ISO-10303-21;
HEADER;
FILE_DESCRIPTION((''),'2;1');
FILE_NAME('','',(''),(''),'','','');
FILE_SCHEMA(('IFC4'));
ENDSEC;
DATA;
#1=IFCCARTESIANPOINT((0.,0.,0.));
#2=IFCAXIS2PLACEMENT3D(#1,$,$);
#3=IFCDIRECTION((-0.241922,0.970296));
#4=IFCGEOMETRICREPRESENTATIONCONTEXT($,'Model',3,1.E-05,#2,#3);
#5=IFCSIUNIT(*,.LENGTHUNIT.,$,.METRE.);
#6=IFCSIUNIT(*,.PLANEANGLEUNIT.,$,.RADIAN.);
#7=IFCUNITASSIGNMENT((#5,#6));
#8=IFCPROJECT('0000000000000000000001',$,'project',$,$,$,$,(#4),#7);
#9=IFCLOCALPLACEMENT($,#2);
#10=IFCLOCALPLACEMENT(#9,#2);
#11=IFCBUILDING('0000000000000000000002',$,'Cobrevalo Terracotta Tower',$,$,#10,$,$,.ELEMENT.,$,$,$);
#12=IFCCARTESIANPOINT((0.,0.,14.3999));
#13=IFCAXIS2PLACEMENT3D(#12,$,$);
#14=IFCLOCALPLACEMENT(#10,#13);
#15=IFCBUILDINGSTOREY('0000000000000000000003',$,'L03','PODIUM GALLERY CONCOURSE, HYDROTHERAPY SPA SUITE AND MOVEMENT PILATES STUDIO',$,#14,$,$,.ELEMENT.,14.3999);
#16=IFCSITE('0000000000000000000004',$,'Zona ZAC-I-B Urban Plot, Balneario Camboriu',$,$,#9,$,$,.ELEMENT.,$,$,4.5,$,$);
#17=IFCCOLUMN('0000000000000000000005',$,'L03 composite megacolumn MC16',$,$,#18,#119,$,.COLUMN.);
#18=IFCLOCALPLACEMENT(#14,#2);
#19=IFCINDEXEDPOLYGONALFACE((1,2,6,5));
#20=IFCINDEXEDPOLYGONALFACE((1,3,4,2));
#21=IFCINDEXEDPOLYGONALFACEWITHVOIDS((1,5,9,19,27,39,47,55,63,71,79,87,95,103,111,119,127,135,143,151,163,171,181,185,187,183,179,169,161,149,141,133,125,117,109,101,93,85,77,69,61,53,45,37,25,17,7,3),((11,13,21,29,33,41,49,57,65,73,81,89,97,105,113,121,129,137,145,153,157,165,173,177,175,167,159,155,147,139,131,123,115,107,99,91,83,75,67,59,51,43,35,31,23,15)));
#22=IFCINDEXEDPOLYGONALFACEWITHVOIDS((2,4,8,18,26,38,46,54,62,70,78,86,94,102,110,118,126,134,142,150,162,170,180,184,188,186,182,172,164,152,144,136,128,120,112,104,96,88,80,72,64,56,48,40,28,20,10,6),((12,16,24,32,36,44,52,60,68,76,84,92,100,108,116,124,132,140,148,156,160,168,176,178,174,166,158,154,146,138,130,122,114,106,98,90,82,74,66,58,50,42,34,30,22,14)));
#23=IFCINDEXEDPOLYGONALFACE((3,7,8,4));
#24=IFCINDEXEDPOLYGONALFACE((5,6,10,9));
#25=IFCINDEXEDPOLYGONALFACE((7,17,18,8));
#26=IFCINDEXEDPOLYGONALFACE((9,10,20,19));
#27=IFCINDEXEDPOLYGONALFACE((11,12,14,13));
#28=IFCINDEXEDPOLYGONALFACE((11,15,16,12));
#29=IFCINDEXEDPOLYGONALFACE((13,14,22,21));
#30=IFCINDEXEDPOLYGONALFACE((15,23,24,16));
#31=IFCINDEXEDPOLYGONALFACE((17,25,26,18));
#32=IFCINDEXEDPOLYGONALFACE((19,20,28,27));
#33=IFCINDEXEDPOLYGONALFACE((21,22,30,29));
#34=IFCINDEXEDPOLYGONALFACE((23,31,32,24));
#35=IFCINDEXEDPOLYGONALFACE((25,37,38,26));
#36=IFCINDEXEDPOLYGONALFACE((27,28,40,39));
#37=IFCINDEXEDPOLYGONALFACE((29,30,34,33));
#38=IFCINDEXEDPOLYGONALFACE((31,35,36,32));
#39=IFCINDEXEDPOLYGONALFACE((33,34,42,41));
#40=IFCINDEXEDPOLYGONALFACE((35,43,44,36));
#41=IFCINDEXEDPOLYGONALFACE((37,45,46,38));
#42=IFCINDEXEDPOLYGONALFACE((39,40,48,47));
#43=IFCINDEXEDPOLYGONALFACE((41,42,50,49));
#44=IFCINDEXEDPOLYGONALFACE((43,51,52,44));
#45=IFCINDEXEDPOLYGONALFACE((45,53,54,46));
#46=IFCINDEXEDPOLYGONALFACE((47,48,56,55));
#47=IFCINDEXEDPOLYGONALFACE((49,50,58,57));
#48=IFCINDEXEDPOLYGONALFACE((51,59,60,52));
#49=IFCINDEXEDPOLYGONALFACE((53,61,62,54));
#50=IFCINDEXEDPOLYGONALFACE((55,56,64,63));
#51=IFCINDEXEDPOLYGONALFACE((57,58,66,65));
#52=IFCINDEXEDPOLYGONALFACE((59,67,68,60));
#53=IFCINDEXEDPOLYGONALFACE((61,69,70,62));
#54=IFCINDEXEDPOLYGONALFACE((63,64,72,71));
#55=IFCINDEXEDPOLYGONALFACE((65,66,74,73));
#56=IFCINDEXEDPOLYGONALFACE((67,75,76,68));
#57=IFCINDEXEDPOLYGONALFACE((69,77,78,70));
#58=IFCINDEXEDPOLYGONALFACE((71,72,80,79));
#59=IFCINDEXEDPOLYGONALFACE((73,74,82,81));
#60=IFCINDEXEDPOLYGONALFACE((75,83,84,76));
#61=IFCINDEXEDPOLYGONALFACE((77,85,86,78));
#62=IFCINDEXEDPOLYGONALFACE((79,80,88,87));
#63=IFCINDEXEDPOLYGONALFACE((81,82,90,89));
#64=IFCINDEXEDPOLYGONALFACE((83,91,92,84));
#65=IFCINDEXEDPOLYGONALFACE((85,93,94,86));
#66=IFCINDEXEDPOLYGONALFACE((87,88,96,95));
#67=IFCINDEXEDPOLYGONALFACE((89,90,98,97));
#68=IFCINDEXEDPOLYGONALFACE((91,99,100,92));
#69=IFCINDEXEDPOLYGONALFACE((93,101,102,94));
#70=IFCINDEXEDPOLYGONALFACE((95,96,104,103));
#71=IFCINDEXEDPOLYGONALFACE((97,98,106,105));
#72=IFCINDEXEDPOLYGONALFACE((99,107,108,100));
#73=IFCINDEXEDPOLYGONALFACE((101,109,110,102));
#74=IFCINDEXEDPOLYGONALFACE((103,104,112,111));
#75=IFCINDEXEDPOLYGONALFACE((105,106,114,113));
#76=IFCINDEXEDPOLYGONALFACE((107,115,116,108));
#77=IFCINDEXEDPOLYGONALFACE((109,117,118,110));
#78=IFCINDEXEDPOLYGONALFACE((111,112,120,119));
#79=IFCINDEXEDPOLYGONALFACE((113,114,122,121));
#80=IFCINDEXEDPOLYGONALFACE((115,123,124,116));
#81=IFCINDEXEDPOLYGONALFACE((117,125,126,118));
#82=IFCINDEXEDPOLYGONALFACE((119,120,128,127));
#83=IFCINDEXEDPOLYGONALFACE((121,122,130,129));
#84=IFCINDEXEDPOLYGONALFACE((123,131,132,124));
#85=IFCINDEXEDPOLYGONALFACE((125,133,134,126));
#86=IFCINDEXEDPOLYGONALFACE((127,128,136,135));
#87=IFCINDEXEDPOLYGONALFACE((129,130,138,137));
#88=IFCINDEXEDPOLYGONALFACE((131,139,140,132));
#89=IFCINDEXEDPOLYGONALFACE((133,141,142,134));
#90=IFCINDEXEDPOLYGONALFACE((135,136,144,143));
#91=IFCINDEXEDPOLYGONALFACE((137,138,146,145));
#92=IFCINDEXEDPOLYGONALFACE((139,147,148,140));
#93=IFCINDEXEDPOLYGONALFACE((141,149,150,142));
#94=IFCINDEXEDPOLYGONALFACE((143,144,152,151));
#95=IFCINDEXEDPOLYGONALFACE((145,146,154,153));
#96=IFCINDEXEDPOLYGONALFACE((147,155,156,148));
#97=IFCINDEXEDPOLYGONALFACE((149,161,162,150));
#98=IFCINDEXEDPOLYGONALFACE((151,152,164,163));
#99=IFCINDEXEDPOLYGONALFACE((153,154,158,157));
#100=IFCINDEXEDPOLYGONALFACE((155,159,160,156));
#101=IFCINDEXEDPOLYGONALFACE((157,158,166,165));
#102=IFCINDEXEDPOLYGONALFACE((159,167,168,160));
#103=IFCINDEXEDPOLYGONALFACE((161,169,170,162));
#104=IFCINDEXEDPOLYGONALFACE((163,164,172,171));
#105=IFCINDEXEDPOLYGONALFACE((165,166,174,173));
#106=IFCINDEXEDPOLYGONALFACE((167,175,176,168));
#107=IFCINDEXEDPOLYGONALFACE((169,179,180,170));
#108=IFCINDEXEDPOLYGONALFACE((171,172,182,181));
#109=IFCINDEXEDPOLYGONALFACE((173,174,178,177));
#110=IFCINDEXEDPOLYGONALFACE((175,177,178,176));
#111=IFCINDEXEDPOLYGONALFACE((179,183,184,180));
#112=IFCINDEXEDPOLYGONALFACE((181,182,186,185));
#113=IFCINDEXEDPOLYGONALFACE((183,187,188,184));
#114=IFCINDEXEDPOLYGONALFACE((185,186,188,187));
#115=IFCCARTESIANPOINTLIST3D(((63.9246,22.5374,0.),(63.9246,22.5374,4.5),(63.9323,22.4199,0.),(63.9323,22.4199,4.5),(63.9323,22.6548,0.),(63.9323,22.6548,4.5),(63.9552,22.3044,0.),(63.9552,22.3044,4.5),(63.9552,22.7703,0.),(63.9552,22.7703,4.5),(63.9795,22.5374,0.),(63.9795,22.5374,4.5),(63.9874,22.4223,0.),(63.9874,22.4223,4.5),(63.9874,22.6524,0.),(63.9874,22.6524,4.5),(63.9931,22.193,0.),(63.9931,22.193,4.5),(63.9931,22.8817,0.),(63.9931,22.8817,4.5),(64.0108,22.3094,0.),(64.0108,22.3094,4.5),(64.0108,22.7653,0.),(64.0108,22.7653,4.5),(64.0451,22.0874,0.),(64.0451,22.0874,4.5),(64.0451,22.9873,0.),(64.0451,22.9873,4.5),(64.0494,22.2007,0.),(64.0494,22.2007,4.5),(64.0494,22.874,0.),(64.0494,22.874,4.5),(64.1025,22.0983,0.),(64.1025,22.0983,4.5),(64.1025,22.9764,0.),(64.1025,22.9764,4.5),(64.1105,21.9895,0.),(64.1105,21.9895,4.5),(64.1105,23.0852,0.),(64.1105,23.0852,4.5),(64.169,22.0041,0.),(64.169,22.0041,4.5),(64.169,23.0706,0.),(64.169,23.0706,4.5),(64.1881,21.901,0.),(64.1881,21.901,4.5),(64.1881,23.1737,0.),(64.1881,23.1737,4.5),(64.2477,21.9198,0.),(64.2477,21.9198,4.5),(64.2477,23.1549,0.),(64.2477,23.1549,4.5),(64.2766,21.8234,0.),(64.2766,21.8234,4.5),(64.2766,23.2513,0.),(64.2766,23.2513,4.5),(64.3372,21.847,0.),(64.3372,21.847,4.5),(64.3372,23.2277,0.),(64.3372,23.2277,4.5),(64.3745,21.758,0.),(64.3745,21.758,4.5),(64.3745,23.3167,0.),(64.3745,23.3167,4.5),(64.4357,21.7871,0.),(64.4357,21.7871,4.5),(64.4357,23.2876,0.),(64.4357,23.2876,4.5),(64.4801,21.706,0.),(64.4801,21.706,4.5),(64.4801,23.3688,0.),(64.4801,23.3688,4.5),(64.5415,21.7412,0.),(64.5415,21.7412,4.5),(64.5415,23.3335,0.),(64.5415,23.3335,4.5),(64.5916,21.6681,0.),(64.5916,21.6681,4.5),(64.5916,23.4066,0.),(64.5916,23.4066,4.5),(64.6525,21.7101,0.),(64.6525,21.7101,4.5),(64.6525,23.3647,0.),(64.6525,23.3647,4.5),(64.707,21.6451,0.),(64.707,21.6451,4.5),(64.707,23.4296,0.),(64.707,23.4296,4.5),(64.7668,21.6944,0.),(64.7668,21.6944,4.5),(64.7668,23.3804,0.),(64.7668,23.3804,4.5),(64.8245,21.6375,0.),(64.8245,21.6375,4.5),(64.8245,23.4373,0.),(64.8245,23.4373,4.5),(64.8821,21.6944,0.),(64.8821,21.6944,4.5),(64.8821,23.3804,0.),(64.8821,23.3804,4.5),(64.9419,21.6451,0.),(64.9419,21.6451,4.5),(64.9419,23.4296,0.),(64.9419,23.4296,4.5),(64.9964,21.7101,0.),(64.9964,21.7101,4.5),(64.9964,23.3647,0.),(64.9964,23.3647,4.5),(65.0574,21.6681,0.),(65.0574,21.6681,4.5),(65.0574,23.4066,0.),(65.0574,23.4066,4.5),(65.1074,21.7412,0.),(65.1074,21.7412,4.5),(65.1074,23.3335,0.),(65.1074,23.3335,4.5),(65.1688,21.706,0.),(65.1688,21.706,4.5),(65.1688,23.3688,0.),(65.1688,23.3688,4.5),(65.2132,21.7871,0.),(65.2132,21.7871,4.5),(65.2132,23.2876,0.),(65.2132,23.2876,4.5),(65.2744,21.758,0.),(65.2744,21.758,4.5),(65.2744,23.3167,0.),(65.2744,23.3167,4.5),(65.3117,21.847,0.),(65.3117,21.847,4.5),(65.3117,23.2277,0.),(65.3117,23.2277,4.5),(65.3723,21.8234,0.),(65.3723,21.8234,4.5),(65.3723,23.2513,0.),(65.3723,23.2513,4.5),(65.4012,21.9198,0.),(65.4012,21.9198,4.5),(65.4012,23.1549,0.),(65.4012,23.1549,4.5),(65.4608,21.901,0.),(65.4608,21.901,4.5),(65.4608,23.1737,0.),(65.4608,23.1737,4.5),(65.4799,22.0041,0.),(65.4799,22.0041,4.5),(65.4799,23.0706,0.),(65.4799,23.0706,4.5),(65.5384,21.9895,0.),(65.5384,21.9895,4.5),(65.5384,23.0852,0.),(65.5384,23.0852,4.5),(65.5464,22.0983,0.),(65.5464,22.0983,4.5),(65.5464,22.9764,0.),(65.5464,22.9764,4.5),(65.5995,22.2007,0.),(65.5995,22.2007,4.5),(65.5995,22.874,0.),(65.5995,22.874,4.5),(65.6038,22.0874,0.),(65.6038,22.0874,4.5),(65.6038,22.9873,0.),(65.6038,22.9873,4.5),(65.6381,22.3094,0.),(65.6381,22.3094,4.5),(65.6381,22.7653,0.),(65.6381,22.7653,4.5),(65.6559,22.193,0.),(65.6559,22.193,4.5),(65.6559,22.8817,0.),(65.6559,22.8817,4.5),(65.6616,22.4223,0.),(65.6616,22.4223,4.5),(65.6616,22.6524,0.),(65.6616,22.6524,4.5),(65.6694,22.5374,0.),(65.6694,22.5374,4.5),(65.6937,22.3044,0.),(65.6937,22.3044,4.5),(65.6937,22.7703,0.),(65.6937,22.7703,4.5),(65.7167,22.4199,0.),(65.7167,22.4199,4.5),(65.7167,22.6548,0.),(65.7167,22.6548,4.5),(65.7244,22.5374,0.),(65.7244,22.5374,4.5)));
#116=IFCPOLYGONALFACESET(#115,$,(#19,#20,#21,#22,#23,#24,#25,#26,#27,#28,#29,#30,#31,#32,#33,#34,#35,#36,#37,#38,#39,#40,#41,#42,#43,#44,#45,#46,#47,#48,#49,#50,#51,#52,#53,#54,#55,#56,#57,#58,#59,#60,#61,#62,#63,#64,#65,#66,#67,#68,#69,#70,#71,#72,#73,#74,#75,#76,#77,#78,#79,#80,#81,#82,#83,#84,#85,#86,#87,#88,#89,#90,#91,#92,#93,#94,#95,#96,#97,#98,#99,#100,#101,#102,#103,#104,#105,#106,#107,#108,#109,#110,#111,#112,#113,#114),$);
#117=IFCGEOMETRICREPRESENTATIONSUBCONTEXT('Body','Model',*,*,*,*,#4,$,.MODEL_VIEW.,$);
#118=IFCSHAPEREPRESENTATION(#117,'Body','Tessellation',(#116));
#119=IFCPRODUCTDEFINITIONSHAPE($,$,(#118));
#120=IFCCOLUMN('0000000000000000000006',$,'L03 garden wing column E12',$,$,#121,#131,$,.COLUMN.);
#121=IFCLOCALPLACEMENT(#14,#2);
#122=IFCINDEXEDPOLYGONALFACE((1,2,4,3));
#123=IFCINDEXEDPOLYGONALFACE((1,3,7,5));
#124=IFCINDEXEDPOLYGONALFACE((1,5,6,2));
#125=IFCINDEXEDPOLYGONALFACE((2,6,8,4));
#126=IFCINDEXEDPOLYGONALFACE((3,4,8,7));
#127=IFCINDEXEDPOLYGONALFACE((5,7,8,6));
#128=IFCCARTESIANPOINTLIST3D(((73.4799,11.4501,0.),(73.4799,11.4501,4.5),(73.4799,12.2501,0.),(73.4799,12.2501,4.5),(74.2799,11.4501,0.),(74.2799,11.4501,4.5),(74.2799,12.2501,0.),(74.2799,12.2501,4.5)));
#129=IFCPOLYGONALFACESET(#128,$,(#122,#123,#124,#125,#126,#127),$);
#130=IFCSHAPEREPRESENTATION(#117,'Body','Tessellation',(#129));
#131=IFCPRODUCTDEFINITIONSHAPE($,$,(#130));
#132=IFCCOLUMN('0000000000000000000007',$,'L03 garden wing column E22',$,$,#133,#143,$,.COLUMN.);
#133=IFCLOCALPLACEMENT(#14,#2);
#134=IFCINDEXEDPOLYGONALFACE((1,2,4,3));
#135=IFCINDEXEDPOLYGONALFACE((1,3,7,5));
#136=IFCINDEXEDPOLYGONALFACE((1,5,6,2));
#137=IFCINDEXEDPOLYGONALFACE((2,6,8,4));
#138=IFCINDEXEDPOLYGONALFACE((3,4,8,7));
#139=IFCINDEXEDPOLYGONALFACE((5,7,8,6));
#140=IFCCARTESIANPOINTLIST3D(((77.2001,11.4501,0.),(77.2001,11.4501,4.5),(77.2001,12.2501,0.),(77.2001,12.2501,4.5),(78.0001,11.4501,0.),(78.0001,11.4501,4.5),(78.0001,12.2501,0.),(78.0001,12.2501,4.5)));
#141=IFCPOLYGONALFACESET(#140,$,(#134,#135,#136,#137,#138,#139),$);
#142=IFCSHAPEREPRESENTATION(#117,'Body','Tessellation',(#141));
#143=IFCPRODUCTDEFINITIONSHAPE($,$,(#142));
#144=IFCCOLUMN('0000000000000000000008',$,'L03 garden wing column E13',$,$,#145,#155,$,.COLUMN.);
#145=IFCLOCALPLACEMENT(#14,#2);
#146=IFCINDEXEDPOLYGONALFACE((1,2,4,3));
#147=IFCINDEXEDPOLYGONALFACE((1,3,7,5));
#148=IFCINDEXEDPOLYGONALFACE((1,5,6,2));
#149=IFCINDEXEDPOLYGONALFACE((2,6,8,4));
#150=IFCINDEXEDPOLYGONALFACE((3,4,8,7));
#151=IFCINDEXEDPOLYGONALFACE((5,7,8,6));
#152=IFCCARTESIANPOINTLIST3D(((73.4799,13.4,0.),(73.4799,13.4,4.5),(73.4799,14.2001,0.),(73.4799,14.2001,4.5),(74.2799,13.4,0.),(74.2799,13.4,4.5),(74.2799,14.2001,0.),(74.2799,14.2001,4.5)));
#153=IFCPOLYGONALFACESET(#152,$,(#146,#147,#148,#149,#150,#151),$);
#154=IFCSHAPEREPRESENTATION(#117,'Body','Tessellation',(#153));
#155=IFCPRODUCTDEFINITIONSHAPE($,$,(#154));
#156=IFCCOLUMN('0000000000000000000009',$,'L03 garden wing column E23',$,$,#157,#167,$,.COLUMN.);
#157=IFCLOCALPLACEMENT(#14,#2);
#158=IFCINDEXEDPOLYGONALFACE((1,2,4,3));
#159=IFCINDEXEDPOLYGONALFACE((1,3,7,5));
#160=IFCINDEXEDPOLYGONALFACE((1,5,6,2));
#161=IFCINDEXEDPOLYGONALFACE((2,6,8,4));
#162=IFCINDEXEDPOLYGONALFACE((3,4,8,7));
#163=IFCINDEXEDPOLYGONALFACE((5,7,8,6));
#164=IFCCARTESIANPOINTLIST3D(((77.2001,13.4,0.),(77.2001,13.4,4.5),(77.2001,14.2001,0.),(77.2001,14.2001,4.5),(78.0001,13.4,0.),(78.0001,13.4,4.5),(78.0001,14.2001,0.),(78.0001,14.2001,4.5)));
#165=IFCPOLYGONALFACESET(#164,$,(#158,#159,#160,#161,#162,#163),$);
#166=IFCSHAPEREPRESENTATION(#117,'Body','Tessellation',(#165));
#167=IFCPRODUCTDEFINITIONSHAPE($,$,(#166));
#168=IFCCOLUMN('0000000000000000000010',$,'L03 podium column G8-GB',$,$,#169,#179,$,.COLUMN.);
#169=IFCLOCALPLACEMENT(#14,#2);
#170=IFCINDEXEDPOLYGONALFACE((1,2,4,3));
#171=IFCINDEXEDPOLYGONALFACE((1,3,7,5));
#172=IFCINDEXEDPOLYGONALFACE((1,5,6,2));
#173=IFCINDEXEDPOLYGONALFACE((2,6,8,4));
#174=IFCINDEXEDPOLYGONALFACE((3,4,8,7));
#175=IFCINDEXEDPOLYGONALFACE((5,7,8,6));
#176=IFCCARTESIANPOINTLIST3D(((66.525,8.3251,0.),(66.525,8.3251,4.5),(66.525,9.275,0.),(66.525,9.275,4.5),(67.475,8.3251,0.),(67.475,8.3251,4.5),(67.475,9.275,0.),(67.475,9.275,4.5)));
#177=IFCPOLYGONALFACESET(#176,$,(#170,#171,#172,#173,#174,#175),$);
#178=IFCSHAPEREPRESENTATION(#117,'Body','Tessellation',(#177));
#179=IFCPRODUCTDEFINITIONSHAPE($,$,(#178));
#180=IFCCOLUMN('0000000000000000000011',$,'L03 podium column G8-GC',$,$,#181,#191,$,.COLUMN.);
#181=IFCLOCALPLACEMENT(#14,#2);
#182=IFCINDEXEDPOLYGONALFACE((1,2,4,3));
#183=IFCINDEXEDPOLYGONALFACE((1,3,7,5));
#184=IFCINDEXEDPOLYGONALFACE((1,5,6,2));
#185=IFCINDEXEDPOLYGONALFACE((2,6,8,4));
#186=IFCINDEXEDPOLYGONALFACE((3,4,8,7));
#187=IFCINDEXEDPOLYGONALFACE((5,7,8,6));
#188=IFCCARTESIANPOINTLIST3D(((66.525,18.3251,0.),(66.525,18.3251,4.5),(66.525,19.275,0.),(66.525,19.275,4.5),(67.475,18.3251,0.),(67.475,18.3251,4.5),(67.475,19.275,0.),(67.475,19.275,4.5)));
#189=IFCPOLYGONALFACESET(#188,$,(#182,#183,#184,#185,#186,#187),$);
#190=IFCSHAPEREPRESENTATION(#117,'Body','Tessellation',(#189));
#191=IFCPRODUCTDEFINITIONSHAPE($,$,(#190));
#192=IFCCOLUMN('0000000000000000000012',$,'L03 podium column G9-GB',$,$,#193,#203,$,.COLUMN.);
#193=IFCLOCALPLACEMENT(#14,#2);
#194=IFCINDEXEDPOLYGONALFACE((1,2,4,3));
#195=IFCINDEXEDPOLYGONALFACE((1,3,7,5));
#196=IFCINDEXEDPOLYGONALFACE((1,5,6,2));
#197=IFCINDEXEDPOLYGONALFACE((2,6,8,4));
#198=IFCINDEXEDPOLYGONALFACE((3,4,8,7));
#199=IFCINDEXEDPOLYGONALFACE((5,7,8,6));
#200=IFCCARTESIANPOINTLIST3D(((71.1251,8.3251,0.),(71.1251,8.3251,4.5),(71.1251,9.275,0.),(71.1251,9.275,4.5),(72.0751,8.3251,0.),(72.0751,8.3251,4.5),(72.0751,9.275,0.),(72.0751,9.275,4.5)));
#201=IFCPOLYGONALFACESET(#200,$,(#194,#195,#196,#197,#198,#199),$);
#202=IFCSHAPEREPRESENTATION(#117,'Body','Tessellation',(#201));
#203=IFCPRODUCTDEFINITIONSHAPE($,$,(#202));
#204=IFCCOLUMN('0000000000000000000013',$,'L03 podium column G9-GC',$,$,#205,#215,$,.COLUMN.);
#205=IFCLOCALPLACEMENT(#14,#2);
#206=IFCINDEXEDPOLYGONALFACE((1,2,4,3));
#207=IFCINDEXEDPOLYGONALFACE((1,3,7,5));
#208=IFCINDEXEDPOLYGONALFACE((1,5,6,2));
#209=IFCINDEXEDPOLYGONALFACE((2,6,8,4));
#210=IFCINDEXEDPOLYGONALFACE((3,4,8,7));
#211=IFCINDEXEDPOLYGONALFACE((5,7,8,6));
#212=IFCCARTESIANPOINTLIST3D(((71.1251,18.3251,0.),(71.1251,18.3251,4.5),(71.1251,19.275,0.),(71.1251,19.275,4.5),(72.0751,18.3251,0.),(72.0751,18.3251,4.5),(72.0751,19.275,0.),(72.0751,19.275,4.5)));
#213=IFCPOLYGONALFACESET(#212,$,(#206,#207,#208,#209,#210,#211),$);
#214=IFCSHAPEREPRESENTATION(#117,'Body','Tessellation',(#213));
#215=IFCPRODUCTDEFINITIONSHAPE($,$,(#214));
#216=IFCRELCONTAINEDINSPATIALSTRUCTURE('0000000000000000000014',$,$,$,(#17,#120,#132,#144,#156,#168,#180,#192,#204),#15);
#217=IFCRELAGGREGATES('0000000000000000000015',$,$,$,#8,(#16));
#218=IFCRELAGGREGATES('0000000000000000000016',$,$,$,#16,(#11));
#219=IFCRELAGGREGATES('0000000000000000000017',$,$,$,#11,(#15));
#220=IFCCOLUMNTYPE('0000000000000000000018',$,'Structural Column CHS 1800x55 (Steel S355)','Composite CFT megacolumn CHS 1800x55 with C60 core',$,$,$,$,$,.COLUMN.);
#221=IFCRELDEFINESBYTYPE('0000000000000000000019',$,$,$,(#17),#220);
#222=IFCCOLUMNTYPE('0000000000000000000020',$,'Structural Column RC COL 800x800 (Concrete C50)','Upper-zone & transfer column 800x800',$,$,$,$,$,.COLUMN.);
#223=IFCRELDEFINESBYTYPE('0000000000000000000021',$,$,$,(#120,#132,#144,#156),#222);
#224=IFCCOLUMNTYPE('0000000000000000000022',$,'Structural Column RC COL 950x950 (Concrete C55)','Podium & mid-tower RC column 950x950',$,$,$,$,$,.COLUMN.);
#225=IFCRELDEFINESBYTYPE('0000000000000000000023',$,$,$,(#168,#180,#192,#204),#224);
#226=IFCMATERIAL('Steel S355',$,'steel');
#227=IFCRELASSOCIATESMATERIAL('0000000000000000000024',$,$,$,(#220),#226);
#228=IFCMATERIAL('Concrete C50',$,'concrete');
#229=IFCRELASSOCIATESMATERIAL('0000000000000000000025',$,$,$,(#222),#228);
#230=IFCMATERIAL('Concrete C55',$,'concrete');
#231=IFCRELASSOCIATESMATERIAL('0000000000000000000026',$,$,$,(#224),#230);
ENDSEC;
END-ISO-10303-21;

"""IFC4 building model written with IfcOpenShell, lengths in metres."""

from ifc_helpers import new_model, si_unit, direction, frame, origin, origin_2d, place, context, subcontext, project, spatial, rectangle, hollow_circle, extrude, material, material_profile, profile_set, type_object, element, save


model = new_model("IFC4")

# Units and contexts
model_context = context("Model", 3, precision=1e-05, world=origin(), true_north=direction((-0.241922, 0.970296)))
body_context = subcontext(model_context, "Body", "Model", "MODEL_VIEW")
ifc_project = project(units=[si_unit("LENGTHUNIT", "METRE"), si_unit("PLANEANGLEUNIT", "RADIAN")], contexts=[model_context])

# Site, building, storey
site_placement = place(None, origin())
site = spatial("IfcSite", under=ifc_project, at=site_placement, Name="Zona ZAC-I-B Urban Plot, Balneario Camboriu", CompositionType="ELEMENT", RefElevation=4.5)
building_placement = place(site_placement, origin())
building = spatial("IfcBuilding", under=site, at=building_placement, Name="Cobrevalo Terracotta Tower", CompositionType="ELEMENT")
storey_placement = place(building_placement, frame((0.0, 0.0, 14.3999)))
storey = spatial("IfcBuildingStorey", under=building, at=storey_placement, Name="L03", Description="PODIUM GALLERY CONCOURSE, HYDROTHERAPY SPA SUITE AND MOVEMENT PILATES STUDIO", CompositionType="ELEMENT", Elevation=14.3999)

# Columns
ifc_material_1 = material(Name="Steel S355", Category="steel")
ifc_material_profile_1 = material_profile(ifc_material_1, hollow_circle(Radius=0.8999, WallThickness=0.0549, at=origin_2d()), Name="CHS 1800x55")
ifc_profile_set_1 = profile_set([ifc_material_profile_1], Name="Steel S355")
column_type_1 = type_object("IfcColumnType", Name="Structural Column CHS 1800x55 (Steel S355)", Description="Composite CFT megacolumn CHS 1800x55 with C60 core", PredefinedType="COLUMN", material=ifc_profile_set_1)
for number, where, z_axis, x_axis, name in (
    (1, (64.8245, 22.5374, 0.0), (0.0, 0.0, 1.0), (1.0, 0.0, 0.0), "L03 composite megacolumn MC16"),
):
    element("IfcColumn", number, at=place(storey_placement, frame(where, z_axis=z_axis, x_axis=x_axis)), inside=storey, type_object=column_type_1, Name=name, PredefinedType="COLUMN", context=body_context, shape_type="SweptSolid", body=[
        extrude(hollow_circle(Radius=0.8999, WallThickness=0.0549, at=origin_2d()), origin(), (0.0, 0.0, 1.0), 4.5),
    ])
ifc_material_2 = material(Name="Concrete C50", Category="concrete")
ifc_material_profile_2 = material_profile(ifc_material_2, rectangle(XDim=0.8, YDim=0.8, at=origin_2d()), Name="RC COL 800x800")
ifc_profile_set_2 = profile_set([ifc_material_profile_2], Name="Concrete C50")
column_type_2 = type_object("IfcColumnType", Name="Structural Column RC COL 800x800 (Concrete C50)", Description="Upper-zone & transfer column 800x800", PredefinedType="COLUMN", material=ifc_profile_set_2)
for number, where, z_axis, x_axis, name in (
    (2, (73.8799, 11.8501, 0.0), (0.0, 0.0, 1.0), (1.0, 0.0, 0.0), "L03 garden wing column E12"),
    (3, (77.6001, 11.8501, 0.0), (0.0, 0.0, 1.0), (1.0, 0.0, 0.0), "L03 garden wing column E22"),
    (4, (73.8799, 13.8, 0.0), (0.0, 0.0, 1.0), (1.0, 0.0, 0.0), "L03 garden wing column E13"),
    (5, (77.6001, 13.8, 0.0), (0.0, 0.0, 1.0), (1.0, 0.0, 0.0), "L03 garden wing column E23"),
):
    element("IfcColumn", number, at=place(storey_placement, frame(where, z_axis=z_axis, x_axis=x_axis)), inside=storey, type_object=column_type_2, Name=name, PredefinedType="COLUMN", context=body_context, shape_type="SweptSolid", body=[
        extrude(rectangle(XDim=0.8, YDim=0.8, at=origin_2d()), origin(), (0.0, 0.0, 1.0), 4.5),
    ])
ifc_material_3 = material(Name="Concrete C55", Category="concrete")
ifc_material_profile_3 = material_profile(ifc_material_3, rectangle(XDim=0.95, YDim=0.95, at=origin_2d()), Name="RC COL 950x950")
ifc_profile_set_3 = profile_set([ifc_material_profile_3], Name="Concrete C55")
column_type_3 = type_object("IfcColumnType", Name="Structural Column RC COL 950x950 (Concrete C55)", Description="Podium & mid-tower RC column 950x950", PredefinedType="COLUMN", material=ifc_profile_set_3)
for number, where, z_axis, x_axis, name in (
    (6, (67.0, 8.8, 0.0), (0.0, 0.0, 1.0), (1.0, 0.0, 0.0), "L03 podium column G8-GB"),
    (7, (67.0, 18.8, 0.0), (0.0, 0.0, 1.0), (1.0, 0.0, 0.0), "L03 podium column G8-GC"),
    (8, (71.6001, 8.8, 0.0), (0.0, 0.0, 1.0), (1.0, 0.0, 0.0), "L03 podium column G9-GB"),
    (9, (71.6001, 18.8, 0.0), (0.0, 0.0, 1.0), (1.0, 0.0, 0.0), "L03 podium column G9-GC"),
):
    element("IfcColumn", number, at=place(storey_placement, frame(where, z_axis=z_axis, x_axis=x_axis)), inside=storey, type_object=column_type_3, Name=name, PredefinedType="COLUMN", context=body_context, shape_type="SweptSolid", body=[
        extrude(rectangle(XDim=0.95, YDim=0.95, at=origin_2d()), origin(), (0.0, 0.0, 1.0), 4.5),
    ])

save(model, "model.ifc")
